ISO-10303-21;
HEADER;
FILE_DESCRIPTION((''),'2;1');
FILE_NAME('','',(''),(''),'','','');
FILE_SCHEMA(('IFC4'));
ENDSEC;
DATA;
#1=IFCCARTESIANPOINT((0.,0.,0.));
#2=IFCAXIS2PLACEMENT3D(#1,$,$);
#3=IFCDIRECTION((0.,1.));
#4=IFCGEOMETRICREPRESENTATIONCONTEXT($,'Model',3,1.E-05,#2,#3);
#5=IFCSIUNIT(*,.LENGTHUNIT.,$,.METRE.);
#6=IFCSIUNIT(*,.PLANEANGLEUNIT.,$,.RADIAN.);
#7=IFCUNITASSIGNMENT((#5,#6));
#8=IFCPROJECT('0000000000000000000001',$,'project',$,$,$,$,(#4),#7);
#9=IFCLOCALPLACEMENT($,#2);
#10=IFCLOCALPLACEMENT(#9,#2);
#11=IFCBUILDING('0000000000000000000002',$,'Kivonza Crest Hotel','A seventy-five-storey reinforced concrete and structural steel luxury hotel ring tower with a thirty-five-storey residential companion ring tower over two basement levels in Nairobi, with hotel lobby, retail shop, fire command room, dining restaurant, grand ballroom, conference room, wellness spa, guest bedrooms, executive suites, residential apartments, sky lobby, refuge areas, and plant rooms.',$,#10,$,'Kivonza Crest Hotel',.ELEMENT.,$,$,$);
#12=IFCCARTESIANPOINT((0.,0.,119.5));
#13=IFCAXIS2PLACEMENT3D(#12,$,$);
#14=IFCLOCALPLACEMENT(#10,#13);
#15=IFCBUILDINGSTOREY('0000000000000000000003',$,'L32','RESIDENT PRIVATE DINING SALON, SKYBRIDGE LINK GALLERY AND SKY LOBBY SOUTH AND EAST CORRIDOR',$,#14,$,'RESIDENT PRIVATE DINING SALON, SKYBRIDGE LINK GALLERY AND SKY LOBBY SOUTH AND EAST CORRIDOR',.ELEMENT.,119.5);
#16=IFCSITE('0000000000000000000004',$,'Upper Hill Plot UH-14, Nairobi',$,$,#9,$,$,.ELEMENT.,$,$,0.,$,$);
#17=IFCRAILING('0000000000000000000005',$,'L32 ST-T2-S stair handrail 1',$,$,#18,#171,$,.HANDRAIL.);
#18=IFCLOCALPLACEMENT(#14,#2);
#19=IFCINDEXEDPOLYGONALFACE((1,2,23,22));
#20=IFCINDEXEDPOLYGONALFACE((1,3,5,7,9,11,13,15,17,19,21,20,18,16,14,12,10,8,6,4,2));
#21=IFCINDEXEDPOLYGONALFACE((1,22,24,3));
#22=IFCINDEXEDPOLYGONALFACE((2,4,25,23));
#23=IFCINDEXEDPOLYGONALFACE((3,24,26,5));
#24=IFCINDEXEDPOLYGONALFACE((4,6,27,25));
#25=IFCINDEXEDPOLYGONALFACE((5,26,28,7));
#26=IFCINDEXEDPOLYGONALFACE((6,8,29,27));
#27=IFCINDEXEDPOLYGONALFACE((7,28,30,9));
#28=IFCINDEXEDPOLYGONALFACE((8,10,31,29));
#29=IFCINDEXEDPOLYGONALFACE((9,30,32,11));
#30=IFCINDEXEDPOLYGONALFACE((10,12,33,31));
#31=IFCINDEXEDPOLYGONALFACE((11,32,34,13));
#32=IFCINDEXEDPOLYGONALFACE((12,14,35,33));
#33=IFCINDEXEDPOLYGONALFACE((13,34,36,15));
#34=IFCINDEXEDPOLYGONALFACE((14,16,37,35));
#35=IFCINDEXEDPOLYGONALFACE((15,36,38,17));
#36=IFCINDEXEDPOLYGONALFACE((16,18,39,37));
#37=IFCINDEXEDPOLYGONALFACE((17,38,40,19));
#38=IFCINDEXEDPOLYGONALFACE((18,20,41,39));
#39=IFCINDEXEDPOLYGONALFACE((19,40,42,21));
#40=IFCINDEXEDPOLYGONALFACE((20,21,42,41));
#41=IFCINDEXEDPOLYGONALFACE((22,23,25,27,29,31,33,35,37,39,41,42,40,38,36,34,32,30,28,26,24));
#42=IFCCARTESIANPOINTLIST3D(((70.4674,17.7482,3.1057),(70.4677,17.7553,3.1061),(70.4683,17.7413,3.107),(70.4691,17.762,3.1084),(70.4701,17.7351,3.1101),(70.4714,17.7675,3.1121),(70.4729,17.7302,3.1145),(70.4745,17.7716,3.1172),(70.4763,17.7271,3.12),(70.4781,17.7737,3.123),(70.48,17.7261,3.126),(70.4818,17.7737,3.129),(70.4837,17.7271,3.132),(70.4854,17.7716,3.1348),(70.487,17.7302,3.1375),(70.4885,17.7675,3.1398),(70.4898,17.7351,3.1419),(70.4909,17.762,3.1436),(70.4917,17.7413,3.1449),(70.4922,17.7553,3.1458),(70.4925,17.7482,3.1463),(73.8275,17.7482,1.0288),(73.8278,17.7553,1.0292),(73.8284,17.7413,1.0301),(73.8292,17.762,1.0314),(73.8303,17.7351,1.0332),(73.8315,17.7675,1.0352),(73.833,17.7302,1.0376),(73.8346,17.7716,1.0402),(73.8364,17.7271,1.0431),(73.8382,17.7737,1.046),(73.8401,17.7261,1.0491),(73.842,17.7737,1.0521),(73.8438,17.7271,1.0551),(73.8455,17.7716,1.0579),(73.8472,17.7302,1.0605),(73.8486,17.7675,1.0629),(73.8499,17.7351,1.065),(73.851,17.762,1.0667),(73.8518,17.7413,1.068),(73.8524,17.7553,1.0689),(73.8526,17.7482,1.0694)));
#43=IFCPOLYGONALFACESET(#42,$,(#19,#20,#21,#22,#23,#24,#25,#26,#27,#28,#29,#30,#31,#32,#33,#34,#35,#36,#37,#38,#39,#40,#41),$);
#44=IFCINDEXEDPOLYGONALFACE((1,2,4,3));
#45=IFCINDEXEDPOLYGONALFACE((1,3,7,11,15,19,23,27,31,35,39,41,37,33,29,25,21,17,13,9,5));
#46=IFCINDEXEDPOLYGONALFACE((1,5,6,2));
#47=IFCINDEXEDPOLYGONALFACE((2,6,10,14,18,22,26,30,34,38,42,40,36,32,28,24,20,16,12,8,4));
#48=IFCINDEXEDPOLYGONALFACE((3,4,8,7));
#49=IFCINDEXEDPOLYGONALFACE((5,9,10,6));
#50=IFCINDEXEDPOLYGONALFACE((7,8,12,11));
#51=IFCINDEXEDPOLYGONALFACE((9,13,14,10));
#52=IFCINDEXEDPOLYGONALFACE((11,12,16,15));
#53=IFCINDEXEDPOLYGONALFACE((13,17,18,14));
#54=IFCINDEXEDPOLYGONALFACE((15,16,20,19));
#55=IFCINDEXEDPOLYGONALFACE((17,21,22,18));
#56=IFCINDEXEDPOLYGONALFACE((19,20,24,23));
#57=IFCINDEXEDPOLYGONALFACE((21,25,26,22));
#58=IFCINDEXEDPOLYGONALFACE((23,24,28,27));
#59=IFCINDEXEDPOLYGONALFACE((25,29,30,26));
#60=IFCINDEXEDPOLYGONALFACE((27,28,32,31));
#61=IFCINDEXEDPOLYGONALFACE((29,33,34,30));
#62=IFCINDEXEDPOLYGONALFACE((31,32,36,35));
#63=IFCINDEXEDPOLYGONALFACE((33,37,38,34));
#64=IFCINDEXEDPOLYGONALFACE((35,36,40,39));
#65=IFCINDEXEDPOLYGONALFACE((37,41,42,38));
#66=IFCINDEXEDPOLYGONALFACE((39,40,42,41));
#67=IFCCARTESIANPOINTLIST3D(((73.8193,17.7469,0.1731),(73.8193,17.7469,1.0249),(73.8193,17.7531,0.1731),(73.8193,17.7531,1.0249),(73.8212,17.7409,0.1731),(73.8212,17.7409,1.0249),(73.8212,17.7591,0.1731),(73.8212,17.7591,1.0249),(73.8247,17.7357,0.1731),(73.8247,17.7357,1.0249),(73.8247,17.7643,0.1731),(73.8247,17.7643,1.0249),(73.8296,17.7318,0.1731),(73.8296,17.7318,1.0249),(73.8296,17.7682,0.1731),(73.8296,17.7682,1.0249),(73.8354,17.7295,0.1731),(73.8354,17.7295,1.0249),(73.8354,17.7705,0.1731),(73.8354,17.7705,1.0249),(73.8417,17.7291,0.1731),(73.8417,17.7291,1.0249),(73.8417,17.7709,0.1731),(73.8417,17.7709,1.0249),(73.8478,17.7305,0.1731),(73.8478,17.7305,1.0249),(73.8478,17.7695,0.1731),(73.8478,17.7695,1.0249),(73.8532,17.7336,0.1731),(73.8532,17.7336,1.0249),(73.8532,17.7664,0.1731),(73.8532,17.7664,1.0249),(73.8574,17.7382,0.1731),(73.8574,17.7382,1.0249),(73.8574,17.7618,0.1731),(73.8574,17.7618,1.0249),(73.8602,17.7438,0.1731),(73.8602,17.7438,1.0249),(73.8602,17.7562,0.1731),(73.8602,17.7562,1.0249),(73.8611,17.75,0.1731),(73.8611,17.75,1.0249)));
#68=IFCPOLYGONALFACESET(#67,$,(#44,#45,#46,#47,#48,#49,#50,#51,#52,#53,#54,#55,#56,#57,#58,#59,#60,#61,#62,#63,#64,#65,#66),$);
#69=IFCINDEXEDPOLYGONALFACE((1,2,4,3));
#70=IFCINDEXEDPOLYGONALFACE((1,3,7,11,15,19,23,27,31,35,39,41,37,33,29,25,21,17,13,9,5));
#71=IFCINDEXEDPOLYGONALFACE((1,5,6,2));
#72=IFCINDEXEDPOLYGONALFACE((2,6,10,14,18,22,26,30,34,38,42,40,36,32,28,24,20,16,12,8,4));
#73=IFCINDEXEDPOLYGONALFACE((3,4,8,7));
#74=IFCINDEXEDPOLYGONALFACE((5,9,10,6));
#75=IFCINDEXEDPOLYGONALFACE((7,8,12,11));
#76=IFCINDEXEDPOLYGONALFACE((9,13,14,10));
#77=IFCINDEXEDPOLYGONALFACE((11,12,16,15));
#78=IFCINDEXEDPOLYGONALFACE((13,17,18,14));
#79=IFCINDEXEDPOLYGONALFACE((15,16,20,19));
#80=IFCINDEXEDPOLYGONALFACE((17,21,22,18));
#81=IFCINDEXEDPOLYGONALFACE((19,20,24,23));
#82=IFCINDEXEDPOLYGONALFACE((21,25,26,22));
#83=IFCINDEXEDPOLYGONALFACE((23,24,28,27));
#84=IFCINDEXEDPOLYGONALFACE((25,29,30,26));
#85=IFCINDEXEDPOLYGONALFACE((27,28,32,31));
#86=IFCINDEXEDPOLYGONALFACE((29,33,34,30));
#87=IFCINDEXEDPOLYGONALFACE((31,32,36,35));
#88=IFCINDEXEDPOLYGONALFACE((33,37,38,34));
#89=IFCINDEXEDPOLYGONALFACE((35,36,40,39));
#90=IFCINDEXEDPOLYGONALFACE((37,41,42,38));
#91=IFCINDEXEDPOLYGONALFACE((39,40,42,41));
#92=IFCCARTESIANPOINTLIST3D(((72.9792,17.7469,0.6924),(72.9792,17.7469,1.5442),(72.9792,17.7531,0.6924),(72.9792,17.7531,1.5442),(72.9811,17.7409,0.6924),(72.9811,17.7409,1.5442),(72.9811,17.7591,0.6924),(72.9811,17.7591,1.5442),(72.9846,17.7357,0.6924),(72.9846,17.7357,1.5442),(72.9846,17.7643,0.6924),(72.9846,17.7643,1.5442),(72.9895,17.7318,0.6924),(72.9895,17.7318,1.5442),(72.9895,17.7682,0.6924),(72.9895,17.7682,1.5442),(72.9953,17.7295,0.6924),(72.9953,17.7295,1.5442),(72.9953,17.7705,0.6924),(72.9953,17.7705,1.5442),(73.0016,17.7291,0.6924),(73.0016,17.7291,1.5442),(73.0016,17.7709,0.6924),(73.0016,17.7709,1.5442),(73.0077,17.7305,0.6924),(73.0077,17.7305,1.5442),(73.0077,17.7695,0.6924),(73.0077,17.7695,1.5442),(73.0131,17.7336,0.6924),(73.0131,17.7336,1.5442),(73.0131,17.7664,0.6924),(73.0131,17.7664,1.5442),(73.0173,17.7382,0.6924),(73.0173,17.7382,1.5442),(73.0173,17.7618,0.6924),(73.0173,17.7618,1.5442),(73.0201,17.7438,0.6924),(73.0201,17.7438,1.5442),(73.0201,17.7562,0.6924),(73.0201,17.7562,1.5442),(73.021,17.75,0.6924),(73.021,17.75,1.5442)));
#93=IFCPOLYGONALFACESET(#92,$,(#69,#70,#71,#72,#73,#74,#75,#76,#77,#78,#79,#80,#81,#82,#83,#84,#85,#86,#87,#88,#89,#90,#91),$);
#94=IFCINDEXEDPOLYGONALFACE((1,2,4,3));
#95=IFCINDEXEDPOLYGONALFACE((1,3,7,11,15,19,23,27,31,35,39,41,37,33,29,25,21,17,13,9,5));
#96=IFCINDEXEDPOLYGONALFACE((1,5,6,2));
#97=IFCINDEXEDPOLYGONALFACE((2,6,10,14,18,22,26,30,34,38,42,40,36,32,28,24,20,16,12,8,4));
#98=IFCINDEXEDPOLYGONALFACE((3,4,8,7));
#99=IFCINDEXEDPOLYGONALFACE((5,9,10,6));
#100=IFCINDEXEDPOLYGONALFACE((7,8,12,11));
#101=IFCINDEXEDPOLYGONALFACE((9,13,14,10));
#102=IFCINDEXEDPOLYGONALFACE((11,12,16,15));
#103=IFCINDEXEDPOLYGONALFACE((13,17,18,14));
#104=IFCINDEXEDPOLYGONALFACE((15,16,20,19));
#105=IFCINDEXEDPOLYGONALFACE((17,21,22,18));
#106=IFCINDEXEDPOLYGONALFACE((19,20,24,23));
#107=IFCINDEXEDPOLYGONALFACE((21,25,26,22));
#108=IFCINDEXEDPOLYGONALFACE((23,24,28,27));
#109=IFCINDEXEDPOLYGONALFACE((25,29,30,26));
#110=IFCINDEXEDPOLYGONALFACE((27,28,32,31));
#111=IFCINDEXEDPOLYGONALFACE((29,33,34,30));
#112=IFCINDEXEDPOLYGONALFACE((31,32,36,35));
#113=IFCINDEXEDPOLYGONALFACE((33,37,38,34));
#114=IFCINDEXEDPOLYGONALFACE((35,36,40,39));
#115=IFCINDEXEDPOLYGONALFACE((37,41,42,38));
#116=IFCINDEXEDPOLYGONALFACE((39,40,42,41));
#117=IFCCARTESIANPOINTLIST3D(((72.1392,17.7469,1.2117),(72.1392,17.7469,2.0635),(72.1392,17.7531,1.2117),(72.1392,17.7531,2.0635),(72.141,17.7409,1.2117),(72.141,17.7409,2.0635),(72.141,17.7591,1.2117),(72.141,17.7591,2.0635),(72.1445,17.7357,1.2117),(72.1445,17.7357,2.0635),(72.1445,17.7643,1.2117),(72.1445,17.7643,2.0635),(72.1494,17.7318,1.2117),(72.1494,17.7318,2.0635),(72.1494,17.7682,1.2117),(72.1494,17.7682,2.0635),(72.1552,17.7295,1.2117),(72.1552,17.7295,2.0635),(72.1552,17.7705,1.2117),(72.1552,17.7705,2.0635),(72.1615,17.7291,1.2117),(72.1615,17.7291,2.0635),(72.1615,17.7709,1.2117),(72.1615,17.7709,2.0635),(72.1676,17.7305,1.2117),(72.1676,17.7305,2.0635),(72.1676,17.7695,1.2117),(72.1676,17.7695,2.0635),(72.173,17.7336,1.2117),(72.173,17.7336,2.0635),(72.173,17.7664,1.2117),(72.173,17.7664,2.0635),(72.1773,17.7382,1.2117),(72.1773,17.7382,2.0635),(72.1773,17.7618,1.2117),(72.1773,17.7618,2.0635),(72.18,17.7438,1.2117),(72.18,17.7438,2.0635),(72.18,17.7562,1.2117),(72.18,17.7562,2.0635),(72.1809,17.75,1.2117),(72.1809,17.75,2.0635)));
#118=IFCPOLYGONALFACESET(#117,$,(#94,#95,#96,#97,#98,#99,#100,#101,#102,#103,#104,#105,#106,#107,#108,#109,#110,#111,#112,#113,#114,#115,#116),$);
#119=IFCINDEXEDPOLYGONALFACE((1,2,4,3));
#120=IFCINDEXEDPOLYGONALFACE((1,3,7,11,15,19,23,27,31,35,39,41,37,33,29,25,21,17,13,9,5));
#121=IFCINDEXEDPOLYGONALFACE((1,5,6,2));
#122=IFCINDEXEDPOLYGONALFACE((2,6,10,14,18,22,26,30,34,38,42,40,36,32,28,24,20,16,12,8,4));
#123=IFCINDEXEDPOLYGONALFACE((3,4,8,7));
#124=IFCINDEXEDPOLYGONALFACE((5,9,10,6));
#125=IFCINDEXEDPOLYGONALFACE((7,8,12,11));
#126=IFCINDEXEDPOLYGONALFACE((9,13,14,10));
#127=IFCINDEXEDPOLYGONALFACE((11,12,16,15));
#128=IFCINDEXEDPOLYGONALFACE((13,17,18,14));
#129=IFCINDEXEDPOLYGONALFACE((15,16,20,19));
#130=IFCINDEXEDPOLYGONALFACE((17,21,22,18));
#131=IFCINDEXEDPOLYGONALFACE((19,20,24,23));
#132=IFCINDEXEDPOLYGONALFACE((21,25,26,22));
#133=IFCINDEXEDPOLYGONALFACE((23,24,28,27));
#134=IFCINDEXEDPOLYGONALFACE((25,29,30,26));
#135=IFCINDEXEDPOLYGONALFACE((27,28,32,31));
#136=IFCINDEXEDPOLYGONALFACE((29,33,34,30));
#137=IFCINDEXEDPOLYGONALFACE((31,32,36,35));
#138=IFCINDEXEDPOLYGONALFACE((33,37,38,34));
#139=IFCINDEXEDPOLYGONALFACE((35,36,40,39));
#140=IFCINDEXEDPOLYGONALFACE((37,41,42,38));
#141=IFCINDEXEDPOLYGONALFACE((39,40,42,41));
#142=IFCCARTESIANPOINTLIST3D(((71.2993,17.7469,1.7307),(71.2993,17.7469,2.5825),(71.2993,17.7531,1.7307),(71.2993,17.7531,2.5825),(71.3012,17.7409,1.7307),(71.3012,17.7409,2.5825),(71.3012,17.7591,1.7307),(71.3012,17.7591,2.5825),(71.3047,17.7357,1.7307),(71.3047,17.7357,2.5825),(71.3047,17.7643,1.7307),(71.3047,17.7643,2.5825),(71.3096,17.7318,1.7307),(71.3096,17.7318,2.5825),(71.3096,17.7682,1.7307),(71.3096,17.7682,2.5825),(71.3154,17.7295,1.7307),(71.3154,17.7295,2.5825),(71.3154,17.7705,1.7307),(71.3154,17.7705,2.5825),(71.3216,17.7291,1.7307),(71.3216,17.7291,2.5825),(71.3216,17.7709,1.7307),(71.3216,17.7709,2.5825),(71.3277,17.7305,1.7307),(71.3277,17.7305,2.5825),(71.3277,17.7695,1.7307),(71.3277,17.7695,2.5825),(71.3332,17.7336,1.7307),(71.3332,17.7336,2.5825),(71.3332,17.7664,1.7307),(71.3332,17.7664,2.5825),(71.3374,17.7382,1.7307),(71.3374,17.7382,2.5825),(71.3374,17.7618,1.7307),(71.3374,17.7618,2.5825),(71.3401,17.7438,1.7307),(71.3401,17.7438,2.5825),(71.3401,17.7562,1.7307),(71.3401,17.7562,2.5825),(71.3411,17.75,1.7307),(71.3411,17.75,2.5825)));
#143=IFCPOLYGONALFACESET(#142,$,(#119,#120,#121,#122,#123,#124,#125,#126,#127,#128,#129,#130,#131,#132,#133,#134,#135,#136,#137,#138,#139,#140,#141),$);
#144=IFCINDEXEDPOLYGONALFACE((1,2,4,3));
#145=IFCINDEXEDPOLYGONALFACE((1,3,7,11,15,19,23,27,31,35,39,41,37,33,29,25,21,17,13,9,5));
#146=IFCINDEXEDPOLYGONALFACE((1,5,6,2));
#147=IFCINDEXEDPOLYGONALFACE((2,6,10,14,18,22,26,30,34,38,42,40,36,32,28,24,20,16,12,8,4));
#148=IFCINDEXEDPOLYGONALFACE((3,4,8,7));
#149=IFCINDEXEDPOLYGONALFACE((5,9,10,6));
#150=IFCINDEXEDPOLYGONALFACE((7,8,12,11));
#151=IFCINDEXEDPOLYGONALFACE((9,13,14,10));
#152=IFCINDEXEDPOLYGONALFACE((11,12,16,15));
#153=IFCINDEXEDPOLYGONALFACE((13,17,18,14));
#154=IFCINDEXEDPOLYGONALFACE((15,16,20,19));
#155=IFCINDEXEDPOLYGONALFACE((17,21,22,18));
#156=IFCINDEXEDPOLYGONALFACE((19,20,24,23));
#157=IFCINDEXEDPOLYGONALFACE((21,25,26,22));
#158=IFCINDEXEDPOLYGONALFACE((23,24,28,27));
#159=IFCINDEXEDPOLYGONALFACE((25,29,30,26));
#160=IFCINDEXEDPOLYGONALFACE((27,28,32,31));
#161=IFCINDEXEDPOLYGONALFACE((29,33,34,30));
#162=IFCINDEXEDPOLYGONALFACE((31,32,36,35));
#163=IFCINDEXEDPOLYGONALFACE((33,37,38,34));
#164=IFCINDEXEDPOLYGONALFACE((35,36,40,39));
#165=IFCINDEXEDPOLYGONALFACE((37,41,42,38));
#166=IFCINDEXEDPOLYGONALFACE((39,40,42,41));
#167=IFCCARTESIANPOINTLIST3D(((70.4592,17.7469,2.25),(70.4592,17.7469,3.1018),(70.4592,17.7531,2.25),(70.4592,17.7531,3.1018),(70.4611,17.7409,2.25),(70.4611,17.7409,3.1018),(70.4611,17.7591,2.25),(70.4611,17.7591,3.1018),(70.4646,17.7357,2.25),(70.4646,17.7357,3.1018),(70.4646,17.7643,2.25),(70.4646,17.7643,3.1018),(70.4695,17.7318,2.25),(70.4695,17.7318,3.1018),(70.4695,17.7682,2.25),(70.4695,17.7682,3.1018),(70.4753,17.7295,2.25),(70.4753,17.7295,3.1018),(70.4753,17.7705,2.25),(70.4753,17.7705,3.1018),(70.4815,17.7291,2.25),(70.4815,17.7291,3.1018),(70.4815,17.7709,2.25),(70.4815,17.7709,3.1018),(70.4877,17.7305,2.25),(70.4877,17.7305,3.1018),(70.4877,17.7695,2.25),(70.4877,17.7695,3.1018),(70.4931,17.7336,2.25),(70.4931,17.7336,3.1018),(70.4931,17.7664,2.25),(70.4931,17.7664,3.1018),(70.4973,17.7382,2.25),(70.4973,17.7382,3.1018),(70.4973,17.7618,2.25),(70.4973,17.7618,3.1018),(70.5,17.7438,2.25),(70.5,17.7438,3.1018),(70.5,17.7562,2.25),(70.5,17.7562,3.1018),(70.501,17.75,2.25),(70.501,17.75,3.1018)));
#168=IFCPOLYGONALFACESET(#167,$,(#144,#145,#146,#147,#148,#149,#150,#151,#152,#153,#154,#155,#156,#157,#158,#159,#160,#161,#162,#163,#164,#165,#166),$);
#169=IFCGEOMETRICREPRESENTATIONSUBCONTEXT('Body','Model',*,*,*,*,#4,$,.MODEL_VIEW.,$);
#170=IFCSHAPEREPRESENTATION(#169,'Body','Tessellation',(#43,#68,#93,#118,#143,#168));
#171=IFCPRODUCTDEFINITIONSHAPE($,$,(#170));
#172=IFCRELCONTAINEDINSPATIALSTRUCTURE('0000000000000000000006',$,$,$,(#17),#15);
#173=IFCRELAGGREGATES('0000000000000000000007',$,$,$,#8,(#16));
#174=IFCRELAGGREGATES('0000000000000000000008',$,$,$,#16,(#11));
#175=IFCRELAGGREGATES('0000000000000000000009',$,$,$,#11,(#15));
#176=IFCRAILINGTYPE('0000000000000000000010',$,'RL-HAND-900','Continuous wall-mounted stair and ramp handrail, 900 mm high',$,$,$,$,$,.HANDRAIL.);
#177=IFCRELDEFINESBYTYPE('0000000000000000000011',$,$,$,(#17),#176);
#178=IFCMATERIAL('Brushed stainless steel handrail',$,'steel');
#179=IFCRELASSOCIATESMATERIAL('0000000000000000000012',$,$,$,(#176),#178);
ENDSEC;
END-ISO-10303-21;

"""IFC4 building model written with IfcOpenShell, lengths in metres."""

from ifc_helpers import new_model, si_unit, direction, frame, origin, origin_2d, place, context, subcontext, project, spatial, circle, extrude, material, type_object, element, save


model = new_model("IFC4")

# Units and contexts
model_context = context("Model", 3, precision=1e-05, world=origin(), true_north=direction((0.0, 1.0)))
body_context = subcontext(model_context, "Body", "Model", "MODEL_VIEW")
ifc_project = project(units=[si_unit("LENGTHUNIT", "METRE"), si_unit("PLANEANGLEUNIT", "RADIAN")], contexts=[model_context])

# Site, building, storey
site_placement = place(None, origin())
site = spatial("IfcSite", under=ifc_project, at=site_placement, Name="Upper Hill Plot UH-14, Nairobi", CompositionType="ELEMENT", RefElevation=0.0)
building_placement = place(site_placement, origin())
building = spatial("IfcBuilding", under=site, at=building_placement, Name="Kivonza Crest Hotel", Description="A seventy-five-storey reinforced concrete and structural steel luxury hotel ring tower with a thirty-five-storey residential companion ring tower over two basement levels in Nairobi, with hotel lobby, retail shop, fire command room, dining restaurant, grand ballroom, conference room, wellness spa, guest bedrooms, executive suites, residential apartments, sky lobby, refuge areas, and plant rooms.", LongName="Kivonza Crest Hotel", CompositionType="ELEMENT")
storey_placement = place(building_placement, frame((0.0, 0.0, 119.5)))
storey = spatial("IfcBuildingStorey", under=building, at=storey_placement, Name="L32", Description="RESIDENT PRIVATE DINING SALON, SKYBRIDGE LINK GALLERY AND SKY LOBBY SOUTH AND EAST CORRIDOR", LongName="RESIDENT PRIVATE DINING SALON, SKYBRIDGE LINK GALLERY AND SKY LOBBY SOUTH AND EAST CORRIDOR", CompositionType="ELEMENT", Elevation=119.5)

# Railing
ifc_material_1 = material(Name="Brushed stainless steel handrail", Category="steel")
railing_type_1 = type_object("IfcRailingType", Name="RL-HAND-900", Description="Continuous wall-mounted stair and ramp handrail, 900 mm high", PredefinedType="HANDRAIL", material=ifc_material_1)
railing_1_placement = place(storey_placement, frame((73.8401, 17.75, 0.1731)))
element("IfcRailing", 1, at=railing_1_placement, inside=storey, type_object=railing_type_1, Name="L32 ST-T2-S stair handrail 1", PredefinedType="HANDRAIL", context=body_context, shape_type="SweptSolid", body=[
    extrude(circle(Radius=0.0239, at=origin_2d()), frame((0.0, 0.0, 0.876), z_axis=(-0.850623, 0.0, 0.525776), x_axis=(0.0, -1.0, 0.0)), (0.0, 0.0, 1.0), 3.9502),
    extrude(circle(Radius=0.021, at=origin_2d()), origin(), (0.0, 0.0, 1.0), 0.8518),
    extrude(circle(Radius=0.021, at=origin_2d()), frame((-0.8401, 0.0, 0.5193)), (0.0, 0.0, 1.0), 0.8518),
    extrude(circle(Radius=0.021, at=origin_2d()), frame((-1.6802, 0.0, 1.0386)), (0.0, 0.0, 1.0), 0.8518),
    extrude(circle(Radius=0.021, at=origin_2d()), frame((-2.52, 0.0, 1.5576)), (0.0, 0.0, 1.0), 0.8518),
    extrude(circle(Radius=0.021, at=origin_2d()), frame((-3.3601, 0.0, 2.0769)), (0.0, 0.0, 1.0), 0.8518),
])

save(model, "model.ifc")
